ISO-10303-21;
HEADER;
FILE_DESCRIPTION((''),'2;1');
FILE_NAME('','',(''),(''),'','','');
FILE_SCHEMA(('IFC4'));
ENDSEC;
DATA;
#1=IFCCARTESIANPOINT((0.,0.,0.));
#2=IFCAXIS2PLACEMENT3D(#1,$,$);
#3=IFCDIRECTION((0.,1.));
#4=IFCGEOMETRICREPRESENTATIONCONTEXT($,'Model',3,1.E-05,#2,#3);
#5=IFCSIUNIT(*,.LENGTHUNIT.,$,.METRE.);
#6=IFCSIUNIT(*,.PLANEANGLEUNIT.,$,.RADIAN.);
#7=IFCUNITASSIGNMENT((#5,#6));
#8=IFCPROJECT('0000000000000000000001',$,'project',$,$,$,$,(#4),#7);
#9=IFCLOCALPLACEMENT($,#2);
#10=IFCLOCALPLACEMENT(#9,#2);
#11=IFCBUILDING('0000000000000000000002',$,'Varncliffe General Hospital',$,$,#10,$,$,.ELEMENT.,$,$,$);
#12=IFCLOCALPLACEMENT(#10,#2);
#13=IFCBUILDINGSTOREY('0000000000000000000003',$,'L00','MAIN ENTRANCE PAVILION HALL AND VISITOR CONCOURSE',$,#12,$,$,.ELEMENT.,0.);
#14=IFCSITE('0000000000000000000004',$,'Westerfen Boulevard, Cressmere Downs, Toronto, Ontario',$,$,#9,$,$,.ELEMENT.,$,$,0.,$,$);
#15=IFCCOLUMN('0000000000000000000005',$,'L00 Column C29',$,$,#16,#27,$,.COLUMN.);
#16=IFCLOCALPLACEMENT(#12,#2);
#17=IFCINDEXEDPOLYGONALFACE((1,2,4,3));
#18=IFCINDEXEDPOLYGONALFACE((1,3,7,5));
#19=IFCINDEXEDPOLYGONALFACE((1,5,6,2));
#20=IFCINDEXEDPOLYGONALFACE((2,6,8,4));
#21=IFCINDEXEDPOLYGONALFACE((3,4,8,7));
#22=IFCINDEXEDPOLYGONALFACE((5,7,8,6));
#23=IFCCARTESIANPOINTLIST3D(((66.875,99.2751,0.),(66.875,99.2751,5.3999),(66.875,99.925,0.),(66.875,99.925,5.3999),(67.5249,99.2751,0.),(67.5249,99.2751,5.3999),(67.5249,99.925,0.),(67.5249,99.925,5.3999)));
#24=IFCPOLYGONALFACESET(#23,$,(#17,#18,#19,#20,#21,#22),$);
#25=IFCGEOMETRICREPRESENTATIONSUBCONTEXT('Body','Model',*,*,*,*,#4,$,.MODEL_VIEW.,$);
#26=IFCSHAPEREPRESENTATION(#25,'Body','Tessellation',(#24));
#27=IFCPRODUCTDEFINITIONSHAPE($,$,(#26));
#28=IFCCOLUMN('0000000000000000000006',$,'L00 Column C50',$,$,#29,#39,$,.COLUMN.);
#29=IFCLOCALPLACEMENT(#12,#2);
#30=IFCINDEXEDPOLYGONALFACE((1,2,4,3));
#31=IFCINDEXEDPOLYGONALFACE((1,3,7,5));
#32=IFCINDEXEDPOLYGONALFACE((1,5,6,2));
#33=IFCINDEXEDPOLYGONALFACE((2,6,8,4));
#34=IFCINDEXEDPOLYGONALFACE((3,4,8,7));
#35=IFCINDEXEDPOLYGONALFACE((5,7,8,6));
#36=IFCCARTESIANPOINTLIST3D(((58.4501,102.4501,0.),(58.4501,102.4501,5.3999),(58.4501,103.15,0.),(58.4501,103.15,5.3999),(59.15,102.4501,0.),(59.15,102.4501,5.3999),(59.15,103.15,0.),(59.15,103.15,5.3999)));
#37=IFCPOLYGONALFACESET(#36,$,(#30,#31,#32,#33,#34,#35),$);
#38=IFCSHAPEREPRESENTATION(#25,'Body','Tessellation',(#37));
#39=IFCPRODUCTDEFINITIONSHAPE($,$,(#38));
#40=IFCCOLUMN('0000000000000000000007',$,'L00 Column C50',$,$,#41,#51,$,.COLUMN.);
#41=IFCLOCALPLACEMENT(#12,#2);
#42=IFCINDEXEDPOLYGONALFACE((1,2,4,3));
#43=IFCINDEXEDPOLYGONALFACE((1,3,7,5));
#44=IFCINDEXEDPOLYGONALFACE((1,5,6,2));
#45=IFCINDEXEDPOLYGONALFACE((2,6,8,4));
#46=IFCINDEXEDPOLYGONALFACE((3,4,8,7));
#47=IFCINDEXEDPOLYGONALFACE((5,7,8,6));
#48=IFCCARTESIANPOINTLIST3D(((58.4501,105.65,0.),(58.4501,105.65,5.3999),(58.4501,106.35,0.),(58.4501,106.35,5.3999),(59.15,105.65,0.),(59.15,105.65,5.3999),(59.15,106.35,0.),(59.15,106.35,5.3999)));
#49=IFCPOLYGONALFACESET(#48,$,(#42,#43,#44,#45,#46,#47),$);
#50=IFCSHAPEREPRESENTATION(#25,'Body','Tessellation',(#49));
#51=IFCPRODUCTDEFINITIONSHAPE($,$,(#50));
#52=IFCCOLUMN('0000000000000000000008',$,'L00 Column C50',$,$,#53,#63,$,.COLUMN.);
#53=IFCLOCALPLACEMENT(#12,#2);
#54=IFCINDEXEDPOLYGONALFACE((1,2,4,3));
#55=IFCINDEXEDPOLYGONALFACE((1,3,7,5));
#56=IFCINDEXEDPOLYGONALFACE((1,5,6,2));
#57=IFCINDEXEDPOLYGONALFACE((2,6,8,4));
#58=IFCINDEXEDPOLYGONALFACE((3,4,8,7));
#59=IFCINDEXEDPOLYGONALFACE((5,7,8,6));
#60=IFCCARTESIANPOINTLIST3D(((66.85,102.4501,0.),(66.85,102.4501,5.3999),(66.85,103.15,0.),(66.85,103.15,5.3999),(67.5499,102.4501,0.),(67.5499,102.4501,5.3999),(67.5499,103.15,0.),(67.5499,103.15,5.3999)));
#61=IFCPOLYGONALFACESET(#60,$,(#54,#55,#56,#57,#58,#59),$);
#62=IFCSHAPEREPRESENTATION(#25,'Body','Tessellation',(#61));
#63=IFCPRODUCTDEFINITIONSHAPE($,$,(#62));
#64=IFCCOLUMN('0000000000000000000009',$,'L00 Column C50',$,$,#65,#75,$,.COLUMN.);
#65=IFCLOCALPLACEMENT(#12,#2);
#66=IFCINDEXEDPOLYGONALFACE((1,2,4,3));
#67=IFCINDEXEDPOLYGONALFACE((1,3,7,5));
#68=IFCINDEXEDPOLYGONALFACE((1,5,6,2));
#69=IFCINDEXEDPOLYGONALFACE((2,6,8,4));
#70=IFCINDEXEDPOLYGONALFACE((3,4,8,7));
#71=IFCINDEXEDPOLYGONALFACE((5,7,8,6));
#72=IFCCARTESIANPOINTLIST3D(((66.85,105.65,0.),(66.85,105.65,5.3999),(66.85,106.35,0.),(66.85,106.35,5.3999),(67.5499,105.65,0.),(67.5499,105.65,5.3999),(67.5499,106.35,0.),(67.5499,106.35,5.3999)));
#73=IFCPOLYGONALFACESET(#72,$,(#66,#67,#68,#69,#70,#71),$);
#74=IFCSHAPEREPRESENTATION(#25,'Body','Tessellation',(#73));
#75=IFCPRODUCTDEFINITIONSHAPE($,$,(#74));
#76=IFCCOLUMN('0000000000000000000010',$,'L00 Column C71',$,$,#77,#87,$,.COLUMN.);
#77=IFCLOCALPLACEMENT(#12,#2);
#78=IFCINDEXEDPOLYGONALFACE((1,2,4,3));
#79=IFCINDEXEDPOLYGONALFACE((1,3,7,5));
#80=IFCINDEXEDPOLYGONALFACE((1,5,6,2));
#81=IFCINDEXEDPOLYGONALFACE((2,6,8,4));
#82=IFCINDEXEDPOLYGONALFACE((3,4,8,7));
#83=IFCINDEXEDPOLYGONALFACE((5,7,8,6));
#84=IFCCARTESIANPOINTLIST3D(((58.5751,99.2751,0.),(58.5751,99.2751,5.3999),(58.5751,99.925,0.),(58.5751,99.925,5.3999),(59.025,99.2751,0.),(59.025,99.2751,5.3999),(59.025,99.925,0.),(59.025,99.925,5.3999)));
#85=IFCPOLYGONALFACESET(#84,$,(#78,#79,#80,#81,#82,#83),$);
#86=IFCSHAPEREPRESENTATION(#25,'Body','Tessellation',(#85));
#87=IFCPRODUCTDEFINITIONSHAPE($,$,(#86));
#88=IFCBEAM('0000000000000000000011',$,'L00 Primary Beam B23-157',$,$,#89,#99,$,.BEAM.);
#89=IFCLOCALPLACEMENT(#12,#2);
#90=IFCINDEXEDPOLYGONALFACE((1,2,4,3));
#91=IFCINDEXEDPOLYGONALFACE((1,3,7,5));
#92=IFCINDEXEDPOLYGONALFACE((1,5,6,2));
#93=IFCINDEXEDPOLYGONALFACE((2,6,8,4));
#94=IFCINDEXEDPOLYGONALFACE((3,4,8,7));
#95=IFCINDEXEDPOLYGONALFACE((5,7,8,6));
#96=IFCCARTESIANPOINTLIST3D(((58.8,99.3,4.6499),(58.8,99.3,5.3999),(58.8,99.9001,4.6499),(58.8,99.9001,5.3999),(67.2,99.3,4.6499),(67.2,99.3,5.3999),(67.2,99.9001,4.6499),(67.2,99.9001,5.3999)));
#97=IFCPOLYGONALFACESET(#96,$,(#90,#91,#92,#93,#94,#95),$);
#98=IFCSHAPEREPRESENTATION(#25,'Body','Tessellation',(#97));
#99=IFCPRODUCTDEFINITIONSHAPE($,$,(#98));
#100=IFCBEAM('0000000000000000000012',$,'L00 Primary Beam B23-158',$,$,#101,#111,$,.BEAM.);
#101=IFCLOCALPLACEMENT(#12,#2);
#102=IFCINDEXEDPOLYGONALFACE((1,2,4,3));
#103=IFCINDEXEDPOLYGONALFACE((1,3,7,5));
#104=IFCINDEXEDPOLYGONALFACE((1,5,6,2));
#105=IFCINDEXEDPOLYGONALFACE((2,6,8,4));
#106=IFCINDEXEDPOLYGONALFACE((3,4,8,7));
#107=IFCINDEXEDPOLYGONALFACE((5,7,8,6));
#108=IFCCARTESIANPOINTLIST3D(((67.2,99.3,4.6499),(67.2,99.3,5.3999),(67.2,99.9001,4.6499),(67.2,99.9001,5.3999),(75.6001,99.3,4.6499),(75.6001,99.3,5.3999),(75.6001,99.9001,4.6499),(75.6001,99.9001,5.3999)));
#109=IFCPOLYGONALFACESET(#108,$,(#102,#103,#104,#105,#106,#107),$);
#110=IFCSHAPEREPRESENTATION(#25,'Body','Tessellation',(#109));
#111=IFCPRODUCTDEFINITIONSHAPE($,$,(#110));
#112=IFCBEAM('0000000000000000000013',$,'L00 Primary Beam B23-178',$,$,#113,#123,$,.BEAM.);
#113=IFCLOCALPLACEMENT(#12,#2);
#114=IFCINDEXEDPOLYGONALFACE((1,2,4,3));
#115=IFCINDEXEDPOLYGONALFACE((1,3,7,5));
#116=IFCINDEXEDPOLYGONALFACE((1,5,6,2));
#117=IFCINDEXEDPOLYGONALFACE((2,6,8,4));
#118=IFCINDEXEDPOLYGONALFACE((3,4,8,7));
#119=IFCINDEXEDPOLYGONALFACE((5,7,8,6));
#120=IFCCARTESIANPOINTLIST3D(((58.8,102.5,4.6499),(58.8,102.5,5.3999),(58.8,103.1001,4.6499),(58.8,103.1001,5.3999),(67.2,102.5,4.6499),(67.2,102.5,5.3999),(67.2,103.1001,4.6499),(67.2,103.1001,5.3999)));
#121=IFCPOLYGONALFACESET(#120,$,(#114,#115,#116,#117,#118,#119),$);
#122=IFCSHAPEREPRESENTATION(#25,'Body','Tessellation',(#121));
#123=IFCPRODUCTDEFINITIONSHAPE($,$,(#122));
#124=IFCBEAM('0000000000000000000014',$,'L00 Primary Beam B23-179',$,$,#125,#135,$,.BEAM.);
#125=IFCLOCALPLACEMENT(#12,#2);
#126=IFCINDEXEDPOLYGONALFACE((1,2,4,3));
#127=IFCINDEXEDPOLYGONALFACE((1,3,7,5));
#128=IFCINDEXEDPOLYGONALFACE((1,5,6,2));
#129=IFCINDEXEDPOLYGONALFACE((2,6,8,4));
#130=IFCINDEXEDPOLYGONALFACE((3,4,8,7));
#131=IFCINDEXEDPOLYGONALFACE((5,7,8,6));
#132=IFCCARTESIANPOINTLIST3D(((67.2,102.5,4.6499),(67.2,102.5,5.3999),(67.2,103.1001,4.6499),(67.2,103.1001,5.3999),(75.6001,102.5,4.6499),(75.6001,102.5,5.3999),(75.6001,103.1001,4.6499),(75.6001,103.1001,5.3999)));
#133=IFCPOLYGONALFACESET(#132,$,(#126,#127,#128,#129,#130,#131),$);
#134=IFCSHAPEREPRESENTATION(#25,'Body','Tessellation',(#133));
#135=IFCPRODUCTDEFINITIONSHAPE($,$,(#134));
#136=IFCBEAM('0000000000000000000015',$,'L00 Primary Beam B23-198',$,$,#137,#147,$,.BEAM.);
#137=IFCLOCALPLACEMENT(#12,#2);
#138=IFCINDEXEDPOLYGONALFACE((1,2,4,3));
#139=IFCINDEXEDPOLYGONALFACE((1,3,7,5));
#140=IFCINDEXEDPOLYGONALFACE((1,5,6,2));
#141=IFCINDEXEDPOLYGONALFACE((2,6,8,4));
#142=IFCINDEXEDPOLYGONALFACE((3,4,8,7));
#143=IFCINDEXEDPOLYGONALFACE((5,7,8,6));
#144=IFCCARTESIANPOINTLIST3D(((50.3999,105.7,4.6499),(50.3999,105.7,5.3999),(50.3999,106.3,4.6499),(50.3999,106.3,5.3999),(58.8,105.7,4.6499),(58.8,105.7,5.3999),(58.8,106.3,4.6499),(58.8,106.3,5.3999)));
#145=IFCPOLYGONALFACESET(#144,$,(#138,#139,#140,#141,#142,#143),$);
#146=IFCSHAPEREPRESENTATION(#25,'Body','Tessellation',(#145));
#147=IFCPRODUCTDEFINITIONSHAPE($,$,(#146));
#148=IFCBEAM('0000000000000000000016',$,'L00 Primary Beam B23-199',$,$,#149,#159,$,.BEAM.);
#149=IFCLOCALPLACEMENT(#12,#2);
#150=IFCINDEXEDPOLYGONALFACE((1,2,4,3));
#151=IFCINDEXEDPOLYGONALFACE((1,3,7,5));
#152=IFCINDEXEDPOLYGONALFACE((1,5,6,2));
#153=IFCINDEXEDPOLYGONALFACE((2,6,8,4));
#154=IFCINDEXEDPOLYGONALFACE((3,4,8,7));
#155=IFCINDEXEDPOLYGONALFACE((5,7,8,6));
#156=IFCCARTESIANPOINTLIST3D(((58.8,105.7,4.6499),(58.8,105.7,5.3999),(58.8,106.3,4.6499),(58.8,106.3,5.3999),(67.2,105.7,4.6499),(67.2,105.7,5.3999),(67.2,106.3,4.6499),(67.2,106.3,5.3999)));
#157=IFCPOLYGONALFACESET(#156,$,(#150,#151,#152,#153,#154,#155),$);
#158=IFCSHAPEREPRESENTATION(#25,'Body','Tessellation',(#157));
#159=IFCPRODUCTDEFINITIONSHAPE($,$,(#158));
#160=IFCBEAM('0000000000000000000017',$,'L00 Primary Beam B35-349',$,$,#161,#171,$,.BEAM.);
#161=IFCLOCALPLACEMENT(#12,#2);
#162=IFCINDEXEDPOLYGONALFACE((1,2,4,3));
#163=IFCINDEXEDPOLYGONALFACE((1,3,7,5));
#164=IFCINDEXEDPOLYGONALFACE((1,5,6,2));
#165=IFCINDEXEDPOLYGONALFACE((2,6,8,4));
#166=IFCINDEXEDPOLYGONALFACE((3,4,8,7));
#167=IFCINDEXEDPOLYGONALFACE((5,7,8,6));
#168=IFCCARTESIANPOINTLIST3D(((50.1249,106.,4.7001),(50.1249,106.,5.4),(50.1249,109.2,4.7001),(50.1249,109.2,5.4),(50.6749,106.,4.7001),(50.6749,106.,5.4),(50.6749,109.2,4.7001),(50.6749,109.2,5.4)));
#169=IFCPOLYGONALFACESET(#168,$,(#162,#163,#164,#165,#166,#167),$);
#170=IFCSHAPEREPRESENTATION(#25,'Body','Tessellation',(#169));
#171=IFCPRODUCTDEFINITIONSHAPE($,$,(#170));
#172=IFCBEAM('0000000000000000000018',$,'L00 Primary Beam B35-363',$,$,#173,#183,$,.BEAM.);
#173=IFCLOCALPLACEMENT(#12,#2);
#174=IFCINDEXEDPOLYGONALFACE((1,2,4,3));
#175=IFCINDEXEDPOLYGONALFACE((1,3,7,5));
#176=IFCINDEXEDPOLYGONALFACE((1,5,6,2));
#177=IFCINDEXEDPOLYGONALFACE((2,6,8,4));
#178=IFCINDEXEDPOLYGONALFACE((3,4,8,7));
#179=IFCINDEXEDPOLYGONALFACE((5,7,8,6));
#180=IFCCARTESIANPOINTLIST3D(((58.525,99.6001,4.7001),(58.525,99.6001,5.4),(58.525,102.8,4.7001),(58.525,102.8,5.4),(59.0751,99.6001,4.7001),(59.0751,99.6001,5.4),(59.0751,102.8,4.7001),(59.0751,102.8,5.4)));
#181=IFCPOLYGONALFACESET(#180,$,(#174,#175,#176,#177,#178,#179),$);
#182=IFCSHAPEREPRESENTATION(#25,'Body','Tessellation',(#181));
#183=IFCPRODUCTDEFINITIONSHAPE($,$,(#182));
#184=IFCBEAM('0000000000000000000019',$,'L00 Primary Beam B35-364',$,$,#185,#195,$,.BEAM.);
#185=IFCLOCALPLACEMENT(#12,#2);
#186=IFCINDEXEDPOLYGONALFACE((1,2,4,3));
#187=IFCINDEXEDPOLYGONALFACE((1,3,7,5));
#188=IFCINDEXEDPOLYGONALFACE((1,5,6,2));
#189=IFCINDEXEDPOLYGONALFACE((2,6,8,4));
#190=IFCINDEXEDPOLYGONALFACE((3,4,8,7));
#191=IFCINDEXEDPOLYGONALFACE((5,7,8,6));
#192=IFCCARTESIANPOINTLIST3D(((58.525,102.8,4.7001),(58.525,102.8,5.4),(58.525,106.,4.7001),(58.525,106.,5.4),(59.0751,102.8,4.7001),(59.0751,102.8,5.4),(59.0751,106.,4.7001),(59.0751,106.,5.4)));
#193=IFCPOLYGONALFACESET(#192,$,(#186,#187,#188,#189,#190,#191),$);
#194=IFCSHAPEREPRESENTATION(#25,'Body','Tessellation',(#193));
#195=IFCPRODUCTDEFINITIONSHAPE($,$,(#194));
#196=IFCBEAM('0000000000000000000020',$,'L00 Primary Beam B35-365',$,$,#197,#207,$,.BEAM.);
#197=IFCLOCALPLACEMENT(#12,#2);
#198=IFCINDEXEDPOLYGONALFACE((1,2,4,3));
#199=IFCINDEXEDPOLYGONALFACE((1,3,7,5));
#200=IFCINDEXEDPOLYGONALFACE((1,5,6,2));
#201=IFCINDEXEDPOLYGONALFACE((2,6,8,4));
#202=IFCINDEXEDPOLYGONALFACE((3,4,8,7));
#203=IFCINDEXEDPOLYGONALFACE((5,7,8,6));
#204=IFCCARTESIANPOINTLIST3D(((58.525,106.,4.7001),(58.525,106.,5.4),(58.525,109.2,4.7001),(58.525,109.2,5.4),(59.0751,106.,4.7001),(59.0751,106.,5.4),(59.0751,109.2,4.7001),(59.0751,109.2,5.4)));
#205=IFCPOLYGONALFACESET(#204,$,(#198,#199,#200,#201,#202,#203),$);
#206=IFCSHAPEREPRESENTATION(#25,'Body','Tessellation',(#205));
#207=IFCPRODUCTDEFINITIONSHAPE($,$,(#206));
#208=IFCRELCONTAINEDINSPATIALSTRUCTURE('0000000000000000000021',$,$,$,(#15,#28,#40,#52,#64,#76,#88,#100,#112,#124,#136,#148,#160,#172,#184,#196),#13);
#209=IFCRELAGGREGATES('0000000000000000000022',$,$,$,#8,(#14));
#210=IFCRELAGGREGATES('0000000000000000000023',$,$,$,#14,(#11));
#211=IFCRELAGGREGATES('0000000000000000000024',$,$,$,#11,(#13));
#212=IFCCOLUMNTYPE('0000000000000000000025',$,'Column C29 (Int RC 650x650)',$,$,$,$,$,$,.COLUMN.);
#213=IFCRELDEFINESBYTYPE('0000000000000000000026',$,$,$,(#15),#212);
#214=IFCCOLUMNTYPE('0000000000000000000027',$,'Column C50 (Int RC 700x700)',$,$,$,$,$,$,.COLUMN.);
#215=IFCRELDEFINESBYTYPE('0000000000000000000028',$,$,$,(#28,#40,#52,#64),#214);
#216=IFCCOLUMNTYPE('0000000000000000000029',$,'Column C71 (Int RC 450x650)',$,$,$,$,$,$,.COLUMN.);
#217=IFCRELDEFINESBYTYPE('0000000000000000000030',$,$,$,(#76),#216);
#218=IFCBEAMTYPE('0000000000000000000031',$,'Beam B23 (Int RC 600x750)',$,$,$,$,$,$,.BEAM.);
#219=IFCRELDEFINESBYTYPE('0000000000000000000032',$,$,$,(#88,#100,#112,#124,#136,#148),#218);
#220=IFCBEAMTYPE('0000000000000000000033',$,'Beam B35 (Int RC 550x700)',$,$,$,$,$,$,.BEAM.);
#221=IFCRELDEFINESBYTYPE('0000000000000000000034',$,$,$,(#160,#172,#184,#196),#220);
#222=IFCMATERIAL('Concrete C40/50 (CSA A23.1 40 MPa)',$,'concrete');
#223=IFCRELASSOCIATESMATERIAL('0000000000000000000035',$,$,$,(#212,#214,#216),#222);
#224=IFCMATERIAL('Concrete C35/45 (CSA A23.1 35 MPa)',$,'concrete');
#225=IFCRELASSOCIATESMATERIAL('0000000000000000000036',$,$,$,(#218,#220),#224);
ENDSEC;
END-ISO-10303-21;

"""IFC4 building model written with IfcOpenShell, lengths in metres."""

from ifc_helpers import new_model, si_unit, direction, frame, origin, origin_2d, place, context, subcontext, project, spatial, rectangle, extrude, material, material_profile, profile_set, type_object, element, save


model = new_model("IFC4")

# Units and contexts
model_context = context("Model", 3, precision=1e-05, world=origin(), true_north=direction((0.0, 1.0)))
body_context = subcontext(model_context, "Body", "Model", "MODEL_VIEW")
ifc_project = project(units=[si_unit("LENGTHUNIT", "METRE"), si_unit("PLANEANGLEUNIT", "RADIAN")], contexts=[model_context])

# Site, building, storey
site_placement = place(None, origin())
site = spatial("IfcSite", under=ifc_project, at=site_placement, Name="Westerfen Boulevard, Cressmere Downs, Toronto, Ontario", CompositionType="ELEMENT", RefElevation=0.0)
building_placement = place(site_placement, origin())
building = spatial("IfcBuilding", under=site, at=building_placement, Name="Varncliffe General Hospital", CompositionType="ELEMENT")
storey_placement = place(building_placement, origin())
storey = spatial("IfcBuildingStorey", under=building, at=storey_placement, Name="L00", Description="MAIN ENTRANCE PAVILION HALL AND VISITOR CONCOURSE", CompositionType="ELEMENT", Elevation=0.0)

# Columns
ifc_material_1 = material(Name="Concrete C40/50 (CSA A23.1 40 MPa)", Category="concrete")
ifc_material_profile_1 = material_profile(ifc_material_1, rectangle(XDim=0.6499, YDim=0.6499, at=origin_2d()), Name="RC 650x650")
ifc_profile_set_1 = profile_set([ifc_material_profile_1], Name="Concrete C40/50 (CSA A23.1 40 MPa)")
column_type_1 = type_object("IfcColumnType", Name="Column C29 (Int RC 650x650)", PredefinedType="COLUMN", material=ifc_profile_set_1)
column_1_placement = place(storey_placement, frame((67.2, 99.6001, 0.0), z_axis=(0.0, 0.0, 1.0), x_axis=(1.0, 0.0, 0.0)))
element("IfcColumn", 1, at=column_1_placement, inside=storey, type_object=column_type_1, Name="L00 Column C29", PredefinedType="COLUMN", context=body_context, shape_type="SweptSolid", body=[
    extrude(rectangle(XDim=0.6499, YDim=0.6499, at=origin_2d()), origin(), (0.0, 0.0, 1.0), 5.3999),
])
ifc_material_profile_2 = material_profile(ifc_material_1, rectangle(XDim=0.7, YDim=0.7, at=origin_2d()), Name="RC 700x700")
ifc_profile_set_2 = profile_set([ifc_material_profile_2], Name="Concrete C40/50 (CSA A23.1 40 MPa)")
column_type_2 = type_object("IfcColumnType", Name="Column C50 (Int RC 700x700)", PredefinedType="COLUMN", material=ifc_profile_set_2)
for number, where, z_axis, x_axis, name in (
    (2, (58.8, 102.8, 0.0), (0.0, 0.0, 1.0), (1.0, 0.0, 0.0), "L00 Column C50"),
    (3, (58.8, 106.0, 0.0), (0.0, 0.0, 1.0), (1.0, 0.0, 0.0), "L00 Column C50"),
    (4, (67.2, 102.8, 0.0), (0.0, 0.0, 1.0), (1.0, 0.0, 0.0), "L00 Column C50"),
    (5, (67.2, 106.0, 0.0), (0.0, 0.0, 1.0), (1.0, 0.0, 0.0), "L00 Column C50"),
):
    element("IfcColumn", number, at=place(storey_placement, frame(where, z_axis=z_axis, x_axis=x_axis)), inside=storey, type_object=column_type_2, Name=name, PredefinedType="COLUMN", context=body_context, shape_type="SweptSolid", body=[
        extrude(rectangle(XDim=0.7, YDim=0.7, at=origin_2d()), origin(), (0.0, 0.0, 1.0), 5.3999),
    ])
ifc_material_profile_3 = material_profile(ifc_material_1, rectangle(XDim=0.45, YDim=0.6499, at=origin_2d()), Name="RC 450x650")
ifc_profile_set_3 = profile_set([ifc_material_profile_3], Name="Concrete C40/50 (CSA A23.1 40 MPa)")
column_type_3 = type_object("IfcColumnType", Name="Column C71 (Int RC 450x650)", PredefinedType="COLUMN", material=ifc_profile_set_3)
column_2_placement = place(storey_placement, frame((58.8, 99.6001, 0.0), z_axis=(0.0, 0.0, 1.0), x_axis=(1.0, 0.0, 0.0)))
element("IfcColumn", 6, at=column_2_placement, inside=storey, type_object=column_type_3, Name="L00 Column C71", PredefinedType="COLUMN", context=body_context, shape_type="SweptSolid", body=[
    extrude(rectangle(XDim=0.45, YDim=0.6499, at=origin_2d()), origin(), (0.0, 0.0, 1.0), 5.3999),
])

# Beams
ifc_material_2 = material(Name="Concrete C35/45 (CSA A23.1 35 MPa)", Category="concrete")
ifc_material_profile_4 = material_profile(ifc_material_2, rectangle(XDim=0.6001, YDim=0.75, at=origin_2d()), Name="RC 600x750")
ifc_profile_set_4 = profile_set([ifc_material_profile_4], Name="Concrete C35/45 (CSA A23.1 35 MPa)")
beam_type_1 = type_object("IfcBeamType", Name="Beam B23 (Int RC 600x750)", PredefinedType="BEAM", material=ifc_profile_set_4)
beam_1_placement = place(storey_placement, frame((58.8, 99.6001, 5.0249), z_axis=(1.0, 0.0, 0.0), x_axis=(0.0, 1.0, 0.0)))
element("IfcBeam", 7, at=beam_1_placement, inside=storey, type_object=beam_type_1, Name="L00 Primary Beam B23-157", PredefinedType="BEAM", context=body_context, shape_type="SweptSolid", body=[
    extrude(rectangle(XDim=0.6001, YDim=0.75, at=origin_2d()), origin(), (0.0, 0.0, 1.0), 8.3999),
])
beam_2_placement = place(storey_placement, frame((67.2, 99.6001, 5.0249), z_axis=(1.0, 0.0, 0.0), x_axis=(0.0, 1.0, 0.0)))
element("IfcBeam", 8, at=beam_2_placement, inside=storey, type_object=beam_type_1, Name="L00 Primary Beam B23-158", PredefinedType="BEAM", context=body_context, shape_type="SweptSolid", body=[
    extrude(rectangle(XDim=0.6001, YDim=0.75, at=origin_2d()), origin(), (0.0, 0.0, 1.0), 8.4001),
])
beam_3_placement = place(storey_placement, frame((58.8, 102.8, 5.0249), z_axis=(1.0, 0.0, 0.0), x_axis=(0.0, 1.0, 0.0)))
element("IfcBeam", 9, at=beam_3_placement, inside=storey, type_object=beam_type_1, Name="L00 Primary Beam B23-178", PredefinedType="BEAM", context=body_context, shape_type="SweptSolid", body=[
    extrude(rectangle(XDim=0.6001, YDim=0.75, at=origin_2d()), origin(), (0.0, 0.0, 1.0), 8.3999),
])
for number, where, z_axis, x_axis, name in (
    (10, (67.2, 102.8, 5.0249), (1.0, 0.0, 0.0), (0.0, 1.0, 0.0), "L00 Primary Beam B23-179"),
    (11, (50.3999, 106.0, 5.0249), (1.0, 0.0, 0.0), (0.0, 1.0, 0.0), "L00 Primary Beam B23-198"),
):
    element("IfcBeam", number, at=place(storey_placement, frame(where, z_axis=z_axis, x_axis=x_axis)), inside=storey, type_object=beam_type_1, Name=name, PredefinedType="BEAM", context=body_context, shape_type="SweptSolid", body=[
        extrude(rectangle(XDim=0.6001, YDim=0.75, at=origin_2d()), origin(), (0.0, 0.0, 1.0), 8.4001),
    ])
beam_4_placement = place(storey_placement, frame((58.8, 106.0, 5.0249), z_axis=(1.0, 0.0, 0.0), x_axis=(0.0, 1.0, 0.0)))
element("IfcBeam", 12, at=beam_4_placement, inside=storey, type_object=beam_type_1, Name="L00 Primary Beam B23-199", PredefinedType="BEAM", context=body_context, shape_type="SweptSolid", body=[
    extrude(rectangle(XDim=0.6001, YDim=0.75, at=origin_2d()), origin(), (0.0, 0.0, 1.0), 8.3999),
])
ifc_material_profile_5 = material_profile(ifc_material_2, rectangle(XDim=0.55, YDim=0.7, at=origin_2d()), Name="RC 550x700")
ifc_profile_set_5 = profile_set([ifc_material_profile_5], Name="Concrete C35/45 (CSA A23.1 35 MPa)")
beam_type_2 = type_object("IfcBeamType", Name="Beam B35 (Int RC 550x700)", PredefinedType="BEAM", material=ifc_profile_set_5)
for number, where, z_axis, x_axis, name in (
    (13, (50.3999, 106.0, 5.05), (0.0, 1.0, 0.0), (-1.0, 0.0, 0.0), "L00 Primary Beam B35-349"),
    (14, (58.8, 99.6001, 5.05), (0.0, 1.0, 0.0), (-1.0, 0.0, 0.0), "L00 Primary Beam B35-363"),
    (15, (58.8, 102.8, 5.05), (0.0, 1.0, 0.0), (-1.0, 0.0, 0.0), "L00 Primary Beam B35-364"),
    (16, (58.8, 106.0, 5.05), (0.0, 1.0, 0.0), (-1.0, 0.0, 0.0), "L00 Primary Beam B35-365"),
):
    element("IfcBeam", number, at=place(storey_placement, frame(where, z_axis=z_axis, x_axis=x_axis)), inside=storey, type_object=beam_type_2, Name=name, PredefinedType="BEAM", context=body_context, shape_type="SweptSolid", body=[
        extrude(rectangle(XDim=0.55, YDim=0.7, at=origin_2d()), origin(), (0.0, 0.0, 1.0), 3.2),
    ])

save(model, "model.ifc")
